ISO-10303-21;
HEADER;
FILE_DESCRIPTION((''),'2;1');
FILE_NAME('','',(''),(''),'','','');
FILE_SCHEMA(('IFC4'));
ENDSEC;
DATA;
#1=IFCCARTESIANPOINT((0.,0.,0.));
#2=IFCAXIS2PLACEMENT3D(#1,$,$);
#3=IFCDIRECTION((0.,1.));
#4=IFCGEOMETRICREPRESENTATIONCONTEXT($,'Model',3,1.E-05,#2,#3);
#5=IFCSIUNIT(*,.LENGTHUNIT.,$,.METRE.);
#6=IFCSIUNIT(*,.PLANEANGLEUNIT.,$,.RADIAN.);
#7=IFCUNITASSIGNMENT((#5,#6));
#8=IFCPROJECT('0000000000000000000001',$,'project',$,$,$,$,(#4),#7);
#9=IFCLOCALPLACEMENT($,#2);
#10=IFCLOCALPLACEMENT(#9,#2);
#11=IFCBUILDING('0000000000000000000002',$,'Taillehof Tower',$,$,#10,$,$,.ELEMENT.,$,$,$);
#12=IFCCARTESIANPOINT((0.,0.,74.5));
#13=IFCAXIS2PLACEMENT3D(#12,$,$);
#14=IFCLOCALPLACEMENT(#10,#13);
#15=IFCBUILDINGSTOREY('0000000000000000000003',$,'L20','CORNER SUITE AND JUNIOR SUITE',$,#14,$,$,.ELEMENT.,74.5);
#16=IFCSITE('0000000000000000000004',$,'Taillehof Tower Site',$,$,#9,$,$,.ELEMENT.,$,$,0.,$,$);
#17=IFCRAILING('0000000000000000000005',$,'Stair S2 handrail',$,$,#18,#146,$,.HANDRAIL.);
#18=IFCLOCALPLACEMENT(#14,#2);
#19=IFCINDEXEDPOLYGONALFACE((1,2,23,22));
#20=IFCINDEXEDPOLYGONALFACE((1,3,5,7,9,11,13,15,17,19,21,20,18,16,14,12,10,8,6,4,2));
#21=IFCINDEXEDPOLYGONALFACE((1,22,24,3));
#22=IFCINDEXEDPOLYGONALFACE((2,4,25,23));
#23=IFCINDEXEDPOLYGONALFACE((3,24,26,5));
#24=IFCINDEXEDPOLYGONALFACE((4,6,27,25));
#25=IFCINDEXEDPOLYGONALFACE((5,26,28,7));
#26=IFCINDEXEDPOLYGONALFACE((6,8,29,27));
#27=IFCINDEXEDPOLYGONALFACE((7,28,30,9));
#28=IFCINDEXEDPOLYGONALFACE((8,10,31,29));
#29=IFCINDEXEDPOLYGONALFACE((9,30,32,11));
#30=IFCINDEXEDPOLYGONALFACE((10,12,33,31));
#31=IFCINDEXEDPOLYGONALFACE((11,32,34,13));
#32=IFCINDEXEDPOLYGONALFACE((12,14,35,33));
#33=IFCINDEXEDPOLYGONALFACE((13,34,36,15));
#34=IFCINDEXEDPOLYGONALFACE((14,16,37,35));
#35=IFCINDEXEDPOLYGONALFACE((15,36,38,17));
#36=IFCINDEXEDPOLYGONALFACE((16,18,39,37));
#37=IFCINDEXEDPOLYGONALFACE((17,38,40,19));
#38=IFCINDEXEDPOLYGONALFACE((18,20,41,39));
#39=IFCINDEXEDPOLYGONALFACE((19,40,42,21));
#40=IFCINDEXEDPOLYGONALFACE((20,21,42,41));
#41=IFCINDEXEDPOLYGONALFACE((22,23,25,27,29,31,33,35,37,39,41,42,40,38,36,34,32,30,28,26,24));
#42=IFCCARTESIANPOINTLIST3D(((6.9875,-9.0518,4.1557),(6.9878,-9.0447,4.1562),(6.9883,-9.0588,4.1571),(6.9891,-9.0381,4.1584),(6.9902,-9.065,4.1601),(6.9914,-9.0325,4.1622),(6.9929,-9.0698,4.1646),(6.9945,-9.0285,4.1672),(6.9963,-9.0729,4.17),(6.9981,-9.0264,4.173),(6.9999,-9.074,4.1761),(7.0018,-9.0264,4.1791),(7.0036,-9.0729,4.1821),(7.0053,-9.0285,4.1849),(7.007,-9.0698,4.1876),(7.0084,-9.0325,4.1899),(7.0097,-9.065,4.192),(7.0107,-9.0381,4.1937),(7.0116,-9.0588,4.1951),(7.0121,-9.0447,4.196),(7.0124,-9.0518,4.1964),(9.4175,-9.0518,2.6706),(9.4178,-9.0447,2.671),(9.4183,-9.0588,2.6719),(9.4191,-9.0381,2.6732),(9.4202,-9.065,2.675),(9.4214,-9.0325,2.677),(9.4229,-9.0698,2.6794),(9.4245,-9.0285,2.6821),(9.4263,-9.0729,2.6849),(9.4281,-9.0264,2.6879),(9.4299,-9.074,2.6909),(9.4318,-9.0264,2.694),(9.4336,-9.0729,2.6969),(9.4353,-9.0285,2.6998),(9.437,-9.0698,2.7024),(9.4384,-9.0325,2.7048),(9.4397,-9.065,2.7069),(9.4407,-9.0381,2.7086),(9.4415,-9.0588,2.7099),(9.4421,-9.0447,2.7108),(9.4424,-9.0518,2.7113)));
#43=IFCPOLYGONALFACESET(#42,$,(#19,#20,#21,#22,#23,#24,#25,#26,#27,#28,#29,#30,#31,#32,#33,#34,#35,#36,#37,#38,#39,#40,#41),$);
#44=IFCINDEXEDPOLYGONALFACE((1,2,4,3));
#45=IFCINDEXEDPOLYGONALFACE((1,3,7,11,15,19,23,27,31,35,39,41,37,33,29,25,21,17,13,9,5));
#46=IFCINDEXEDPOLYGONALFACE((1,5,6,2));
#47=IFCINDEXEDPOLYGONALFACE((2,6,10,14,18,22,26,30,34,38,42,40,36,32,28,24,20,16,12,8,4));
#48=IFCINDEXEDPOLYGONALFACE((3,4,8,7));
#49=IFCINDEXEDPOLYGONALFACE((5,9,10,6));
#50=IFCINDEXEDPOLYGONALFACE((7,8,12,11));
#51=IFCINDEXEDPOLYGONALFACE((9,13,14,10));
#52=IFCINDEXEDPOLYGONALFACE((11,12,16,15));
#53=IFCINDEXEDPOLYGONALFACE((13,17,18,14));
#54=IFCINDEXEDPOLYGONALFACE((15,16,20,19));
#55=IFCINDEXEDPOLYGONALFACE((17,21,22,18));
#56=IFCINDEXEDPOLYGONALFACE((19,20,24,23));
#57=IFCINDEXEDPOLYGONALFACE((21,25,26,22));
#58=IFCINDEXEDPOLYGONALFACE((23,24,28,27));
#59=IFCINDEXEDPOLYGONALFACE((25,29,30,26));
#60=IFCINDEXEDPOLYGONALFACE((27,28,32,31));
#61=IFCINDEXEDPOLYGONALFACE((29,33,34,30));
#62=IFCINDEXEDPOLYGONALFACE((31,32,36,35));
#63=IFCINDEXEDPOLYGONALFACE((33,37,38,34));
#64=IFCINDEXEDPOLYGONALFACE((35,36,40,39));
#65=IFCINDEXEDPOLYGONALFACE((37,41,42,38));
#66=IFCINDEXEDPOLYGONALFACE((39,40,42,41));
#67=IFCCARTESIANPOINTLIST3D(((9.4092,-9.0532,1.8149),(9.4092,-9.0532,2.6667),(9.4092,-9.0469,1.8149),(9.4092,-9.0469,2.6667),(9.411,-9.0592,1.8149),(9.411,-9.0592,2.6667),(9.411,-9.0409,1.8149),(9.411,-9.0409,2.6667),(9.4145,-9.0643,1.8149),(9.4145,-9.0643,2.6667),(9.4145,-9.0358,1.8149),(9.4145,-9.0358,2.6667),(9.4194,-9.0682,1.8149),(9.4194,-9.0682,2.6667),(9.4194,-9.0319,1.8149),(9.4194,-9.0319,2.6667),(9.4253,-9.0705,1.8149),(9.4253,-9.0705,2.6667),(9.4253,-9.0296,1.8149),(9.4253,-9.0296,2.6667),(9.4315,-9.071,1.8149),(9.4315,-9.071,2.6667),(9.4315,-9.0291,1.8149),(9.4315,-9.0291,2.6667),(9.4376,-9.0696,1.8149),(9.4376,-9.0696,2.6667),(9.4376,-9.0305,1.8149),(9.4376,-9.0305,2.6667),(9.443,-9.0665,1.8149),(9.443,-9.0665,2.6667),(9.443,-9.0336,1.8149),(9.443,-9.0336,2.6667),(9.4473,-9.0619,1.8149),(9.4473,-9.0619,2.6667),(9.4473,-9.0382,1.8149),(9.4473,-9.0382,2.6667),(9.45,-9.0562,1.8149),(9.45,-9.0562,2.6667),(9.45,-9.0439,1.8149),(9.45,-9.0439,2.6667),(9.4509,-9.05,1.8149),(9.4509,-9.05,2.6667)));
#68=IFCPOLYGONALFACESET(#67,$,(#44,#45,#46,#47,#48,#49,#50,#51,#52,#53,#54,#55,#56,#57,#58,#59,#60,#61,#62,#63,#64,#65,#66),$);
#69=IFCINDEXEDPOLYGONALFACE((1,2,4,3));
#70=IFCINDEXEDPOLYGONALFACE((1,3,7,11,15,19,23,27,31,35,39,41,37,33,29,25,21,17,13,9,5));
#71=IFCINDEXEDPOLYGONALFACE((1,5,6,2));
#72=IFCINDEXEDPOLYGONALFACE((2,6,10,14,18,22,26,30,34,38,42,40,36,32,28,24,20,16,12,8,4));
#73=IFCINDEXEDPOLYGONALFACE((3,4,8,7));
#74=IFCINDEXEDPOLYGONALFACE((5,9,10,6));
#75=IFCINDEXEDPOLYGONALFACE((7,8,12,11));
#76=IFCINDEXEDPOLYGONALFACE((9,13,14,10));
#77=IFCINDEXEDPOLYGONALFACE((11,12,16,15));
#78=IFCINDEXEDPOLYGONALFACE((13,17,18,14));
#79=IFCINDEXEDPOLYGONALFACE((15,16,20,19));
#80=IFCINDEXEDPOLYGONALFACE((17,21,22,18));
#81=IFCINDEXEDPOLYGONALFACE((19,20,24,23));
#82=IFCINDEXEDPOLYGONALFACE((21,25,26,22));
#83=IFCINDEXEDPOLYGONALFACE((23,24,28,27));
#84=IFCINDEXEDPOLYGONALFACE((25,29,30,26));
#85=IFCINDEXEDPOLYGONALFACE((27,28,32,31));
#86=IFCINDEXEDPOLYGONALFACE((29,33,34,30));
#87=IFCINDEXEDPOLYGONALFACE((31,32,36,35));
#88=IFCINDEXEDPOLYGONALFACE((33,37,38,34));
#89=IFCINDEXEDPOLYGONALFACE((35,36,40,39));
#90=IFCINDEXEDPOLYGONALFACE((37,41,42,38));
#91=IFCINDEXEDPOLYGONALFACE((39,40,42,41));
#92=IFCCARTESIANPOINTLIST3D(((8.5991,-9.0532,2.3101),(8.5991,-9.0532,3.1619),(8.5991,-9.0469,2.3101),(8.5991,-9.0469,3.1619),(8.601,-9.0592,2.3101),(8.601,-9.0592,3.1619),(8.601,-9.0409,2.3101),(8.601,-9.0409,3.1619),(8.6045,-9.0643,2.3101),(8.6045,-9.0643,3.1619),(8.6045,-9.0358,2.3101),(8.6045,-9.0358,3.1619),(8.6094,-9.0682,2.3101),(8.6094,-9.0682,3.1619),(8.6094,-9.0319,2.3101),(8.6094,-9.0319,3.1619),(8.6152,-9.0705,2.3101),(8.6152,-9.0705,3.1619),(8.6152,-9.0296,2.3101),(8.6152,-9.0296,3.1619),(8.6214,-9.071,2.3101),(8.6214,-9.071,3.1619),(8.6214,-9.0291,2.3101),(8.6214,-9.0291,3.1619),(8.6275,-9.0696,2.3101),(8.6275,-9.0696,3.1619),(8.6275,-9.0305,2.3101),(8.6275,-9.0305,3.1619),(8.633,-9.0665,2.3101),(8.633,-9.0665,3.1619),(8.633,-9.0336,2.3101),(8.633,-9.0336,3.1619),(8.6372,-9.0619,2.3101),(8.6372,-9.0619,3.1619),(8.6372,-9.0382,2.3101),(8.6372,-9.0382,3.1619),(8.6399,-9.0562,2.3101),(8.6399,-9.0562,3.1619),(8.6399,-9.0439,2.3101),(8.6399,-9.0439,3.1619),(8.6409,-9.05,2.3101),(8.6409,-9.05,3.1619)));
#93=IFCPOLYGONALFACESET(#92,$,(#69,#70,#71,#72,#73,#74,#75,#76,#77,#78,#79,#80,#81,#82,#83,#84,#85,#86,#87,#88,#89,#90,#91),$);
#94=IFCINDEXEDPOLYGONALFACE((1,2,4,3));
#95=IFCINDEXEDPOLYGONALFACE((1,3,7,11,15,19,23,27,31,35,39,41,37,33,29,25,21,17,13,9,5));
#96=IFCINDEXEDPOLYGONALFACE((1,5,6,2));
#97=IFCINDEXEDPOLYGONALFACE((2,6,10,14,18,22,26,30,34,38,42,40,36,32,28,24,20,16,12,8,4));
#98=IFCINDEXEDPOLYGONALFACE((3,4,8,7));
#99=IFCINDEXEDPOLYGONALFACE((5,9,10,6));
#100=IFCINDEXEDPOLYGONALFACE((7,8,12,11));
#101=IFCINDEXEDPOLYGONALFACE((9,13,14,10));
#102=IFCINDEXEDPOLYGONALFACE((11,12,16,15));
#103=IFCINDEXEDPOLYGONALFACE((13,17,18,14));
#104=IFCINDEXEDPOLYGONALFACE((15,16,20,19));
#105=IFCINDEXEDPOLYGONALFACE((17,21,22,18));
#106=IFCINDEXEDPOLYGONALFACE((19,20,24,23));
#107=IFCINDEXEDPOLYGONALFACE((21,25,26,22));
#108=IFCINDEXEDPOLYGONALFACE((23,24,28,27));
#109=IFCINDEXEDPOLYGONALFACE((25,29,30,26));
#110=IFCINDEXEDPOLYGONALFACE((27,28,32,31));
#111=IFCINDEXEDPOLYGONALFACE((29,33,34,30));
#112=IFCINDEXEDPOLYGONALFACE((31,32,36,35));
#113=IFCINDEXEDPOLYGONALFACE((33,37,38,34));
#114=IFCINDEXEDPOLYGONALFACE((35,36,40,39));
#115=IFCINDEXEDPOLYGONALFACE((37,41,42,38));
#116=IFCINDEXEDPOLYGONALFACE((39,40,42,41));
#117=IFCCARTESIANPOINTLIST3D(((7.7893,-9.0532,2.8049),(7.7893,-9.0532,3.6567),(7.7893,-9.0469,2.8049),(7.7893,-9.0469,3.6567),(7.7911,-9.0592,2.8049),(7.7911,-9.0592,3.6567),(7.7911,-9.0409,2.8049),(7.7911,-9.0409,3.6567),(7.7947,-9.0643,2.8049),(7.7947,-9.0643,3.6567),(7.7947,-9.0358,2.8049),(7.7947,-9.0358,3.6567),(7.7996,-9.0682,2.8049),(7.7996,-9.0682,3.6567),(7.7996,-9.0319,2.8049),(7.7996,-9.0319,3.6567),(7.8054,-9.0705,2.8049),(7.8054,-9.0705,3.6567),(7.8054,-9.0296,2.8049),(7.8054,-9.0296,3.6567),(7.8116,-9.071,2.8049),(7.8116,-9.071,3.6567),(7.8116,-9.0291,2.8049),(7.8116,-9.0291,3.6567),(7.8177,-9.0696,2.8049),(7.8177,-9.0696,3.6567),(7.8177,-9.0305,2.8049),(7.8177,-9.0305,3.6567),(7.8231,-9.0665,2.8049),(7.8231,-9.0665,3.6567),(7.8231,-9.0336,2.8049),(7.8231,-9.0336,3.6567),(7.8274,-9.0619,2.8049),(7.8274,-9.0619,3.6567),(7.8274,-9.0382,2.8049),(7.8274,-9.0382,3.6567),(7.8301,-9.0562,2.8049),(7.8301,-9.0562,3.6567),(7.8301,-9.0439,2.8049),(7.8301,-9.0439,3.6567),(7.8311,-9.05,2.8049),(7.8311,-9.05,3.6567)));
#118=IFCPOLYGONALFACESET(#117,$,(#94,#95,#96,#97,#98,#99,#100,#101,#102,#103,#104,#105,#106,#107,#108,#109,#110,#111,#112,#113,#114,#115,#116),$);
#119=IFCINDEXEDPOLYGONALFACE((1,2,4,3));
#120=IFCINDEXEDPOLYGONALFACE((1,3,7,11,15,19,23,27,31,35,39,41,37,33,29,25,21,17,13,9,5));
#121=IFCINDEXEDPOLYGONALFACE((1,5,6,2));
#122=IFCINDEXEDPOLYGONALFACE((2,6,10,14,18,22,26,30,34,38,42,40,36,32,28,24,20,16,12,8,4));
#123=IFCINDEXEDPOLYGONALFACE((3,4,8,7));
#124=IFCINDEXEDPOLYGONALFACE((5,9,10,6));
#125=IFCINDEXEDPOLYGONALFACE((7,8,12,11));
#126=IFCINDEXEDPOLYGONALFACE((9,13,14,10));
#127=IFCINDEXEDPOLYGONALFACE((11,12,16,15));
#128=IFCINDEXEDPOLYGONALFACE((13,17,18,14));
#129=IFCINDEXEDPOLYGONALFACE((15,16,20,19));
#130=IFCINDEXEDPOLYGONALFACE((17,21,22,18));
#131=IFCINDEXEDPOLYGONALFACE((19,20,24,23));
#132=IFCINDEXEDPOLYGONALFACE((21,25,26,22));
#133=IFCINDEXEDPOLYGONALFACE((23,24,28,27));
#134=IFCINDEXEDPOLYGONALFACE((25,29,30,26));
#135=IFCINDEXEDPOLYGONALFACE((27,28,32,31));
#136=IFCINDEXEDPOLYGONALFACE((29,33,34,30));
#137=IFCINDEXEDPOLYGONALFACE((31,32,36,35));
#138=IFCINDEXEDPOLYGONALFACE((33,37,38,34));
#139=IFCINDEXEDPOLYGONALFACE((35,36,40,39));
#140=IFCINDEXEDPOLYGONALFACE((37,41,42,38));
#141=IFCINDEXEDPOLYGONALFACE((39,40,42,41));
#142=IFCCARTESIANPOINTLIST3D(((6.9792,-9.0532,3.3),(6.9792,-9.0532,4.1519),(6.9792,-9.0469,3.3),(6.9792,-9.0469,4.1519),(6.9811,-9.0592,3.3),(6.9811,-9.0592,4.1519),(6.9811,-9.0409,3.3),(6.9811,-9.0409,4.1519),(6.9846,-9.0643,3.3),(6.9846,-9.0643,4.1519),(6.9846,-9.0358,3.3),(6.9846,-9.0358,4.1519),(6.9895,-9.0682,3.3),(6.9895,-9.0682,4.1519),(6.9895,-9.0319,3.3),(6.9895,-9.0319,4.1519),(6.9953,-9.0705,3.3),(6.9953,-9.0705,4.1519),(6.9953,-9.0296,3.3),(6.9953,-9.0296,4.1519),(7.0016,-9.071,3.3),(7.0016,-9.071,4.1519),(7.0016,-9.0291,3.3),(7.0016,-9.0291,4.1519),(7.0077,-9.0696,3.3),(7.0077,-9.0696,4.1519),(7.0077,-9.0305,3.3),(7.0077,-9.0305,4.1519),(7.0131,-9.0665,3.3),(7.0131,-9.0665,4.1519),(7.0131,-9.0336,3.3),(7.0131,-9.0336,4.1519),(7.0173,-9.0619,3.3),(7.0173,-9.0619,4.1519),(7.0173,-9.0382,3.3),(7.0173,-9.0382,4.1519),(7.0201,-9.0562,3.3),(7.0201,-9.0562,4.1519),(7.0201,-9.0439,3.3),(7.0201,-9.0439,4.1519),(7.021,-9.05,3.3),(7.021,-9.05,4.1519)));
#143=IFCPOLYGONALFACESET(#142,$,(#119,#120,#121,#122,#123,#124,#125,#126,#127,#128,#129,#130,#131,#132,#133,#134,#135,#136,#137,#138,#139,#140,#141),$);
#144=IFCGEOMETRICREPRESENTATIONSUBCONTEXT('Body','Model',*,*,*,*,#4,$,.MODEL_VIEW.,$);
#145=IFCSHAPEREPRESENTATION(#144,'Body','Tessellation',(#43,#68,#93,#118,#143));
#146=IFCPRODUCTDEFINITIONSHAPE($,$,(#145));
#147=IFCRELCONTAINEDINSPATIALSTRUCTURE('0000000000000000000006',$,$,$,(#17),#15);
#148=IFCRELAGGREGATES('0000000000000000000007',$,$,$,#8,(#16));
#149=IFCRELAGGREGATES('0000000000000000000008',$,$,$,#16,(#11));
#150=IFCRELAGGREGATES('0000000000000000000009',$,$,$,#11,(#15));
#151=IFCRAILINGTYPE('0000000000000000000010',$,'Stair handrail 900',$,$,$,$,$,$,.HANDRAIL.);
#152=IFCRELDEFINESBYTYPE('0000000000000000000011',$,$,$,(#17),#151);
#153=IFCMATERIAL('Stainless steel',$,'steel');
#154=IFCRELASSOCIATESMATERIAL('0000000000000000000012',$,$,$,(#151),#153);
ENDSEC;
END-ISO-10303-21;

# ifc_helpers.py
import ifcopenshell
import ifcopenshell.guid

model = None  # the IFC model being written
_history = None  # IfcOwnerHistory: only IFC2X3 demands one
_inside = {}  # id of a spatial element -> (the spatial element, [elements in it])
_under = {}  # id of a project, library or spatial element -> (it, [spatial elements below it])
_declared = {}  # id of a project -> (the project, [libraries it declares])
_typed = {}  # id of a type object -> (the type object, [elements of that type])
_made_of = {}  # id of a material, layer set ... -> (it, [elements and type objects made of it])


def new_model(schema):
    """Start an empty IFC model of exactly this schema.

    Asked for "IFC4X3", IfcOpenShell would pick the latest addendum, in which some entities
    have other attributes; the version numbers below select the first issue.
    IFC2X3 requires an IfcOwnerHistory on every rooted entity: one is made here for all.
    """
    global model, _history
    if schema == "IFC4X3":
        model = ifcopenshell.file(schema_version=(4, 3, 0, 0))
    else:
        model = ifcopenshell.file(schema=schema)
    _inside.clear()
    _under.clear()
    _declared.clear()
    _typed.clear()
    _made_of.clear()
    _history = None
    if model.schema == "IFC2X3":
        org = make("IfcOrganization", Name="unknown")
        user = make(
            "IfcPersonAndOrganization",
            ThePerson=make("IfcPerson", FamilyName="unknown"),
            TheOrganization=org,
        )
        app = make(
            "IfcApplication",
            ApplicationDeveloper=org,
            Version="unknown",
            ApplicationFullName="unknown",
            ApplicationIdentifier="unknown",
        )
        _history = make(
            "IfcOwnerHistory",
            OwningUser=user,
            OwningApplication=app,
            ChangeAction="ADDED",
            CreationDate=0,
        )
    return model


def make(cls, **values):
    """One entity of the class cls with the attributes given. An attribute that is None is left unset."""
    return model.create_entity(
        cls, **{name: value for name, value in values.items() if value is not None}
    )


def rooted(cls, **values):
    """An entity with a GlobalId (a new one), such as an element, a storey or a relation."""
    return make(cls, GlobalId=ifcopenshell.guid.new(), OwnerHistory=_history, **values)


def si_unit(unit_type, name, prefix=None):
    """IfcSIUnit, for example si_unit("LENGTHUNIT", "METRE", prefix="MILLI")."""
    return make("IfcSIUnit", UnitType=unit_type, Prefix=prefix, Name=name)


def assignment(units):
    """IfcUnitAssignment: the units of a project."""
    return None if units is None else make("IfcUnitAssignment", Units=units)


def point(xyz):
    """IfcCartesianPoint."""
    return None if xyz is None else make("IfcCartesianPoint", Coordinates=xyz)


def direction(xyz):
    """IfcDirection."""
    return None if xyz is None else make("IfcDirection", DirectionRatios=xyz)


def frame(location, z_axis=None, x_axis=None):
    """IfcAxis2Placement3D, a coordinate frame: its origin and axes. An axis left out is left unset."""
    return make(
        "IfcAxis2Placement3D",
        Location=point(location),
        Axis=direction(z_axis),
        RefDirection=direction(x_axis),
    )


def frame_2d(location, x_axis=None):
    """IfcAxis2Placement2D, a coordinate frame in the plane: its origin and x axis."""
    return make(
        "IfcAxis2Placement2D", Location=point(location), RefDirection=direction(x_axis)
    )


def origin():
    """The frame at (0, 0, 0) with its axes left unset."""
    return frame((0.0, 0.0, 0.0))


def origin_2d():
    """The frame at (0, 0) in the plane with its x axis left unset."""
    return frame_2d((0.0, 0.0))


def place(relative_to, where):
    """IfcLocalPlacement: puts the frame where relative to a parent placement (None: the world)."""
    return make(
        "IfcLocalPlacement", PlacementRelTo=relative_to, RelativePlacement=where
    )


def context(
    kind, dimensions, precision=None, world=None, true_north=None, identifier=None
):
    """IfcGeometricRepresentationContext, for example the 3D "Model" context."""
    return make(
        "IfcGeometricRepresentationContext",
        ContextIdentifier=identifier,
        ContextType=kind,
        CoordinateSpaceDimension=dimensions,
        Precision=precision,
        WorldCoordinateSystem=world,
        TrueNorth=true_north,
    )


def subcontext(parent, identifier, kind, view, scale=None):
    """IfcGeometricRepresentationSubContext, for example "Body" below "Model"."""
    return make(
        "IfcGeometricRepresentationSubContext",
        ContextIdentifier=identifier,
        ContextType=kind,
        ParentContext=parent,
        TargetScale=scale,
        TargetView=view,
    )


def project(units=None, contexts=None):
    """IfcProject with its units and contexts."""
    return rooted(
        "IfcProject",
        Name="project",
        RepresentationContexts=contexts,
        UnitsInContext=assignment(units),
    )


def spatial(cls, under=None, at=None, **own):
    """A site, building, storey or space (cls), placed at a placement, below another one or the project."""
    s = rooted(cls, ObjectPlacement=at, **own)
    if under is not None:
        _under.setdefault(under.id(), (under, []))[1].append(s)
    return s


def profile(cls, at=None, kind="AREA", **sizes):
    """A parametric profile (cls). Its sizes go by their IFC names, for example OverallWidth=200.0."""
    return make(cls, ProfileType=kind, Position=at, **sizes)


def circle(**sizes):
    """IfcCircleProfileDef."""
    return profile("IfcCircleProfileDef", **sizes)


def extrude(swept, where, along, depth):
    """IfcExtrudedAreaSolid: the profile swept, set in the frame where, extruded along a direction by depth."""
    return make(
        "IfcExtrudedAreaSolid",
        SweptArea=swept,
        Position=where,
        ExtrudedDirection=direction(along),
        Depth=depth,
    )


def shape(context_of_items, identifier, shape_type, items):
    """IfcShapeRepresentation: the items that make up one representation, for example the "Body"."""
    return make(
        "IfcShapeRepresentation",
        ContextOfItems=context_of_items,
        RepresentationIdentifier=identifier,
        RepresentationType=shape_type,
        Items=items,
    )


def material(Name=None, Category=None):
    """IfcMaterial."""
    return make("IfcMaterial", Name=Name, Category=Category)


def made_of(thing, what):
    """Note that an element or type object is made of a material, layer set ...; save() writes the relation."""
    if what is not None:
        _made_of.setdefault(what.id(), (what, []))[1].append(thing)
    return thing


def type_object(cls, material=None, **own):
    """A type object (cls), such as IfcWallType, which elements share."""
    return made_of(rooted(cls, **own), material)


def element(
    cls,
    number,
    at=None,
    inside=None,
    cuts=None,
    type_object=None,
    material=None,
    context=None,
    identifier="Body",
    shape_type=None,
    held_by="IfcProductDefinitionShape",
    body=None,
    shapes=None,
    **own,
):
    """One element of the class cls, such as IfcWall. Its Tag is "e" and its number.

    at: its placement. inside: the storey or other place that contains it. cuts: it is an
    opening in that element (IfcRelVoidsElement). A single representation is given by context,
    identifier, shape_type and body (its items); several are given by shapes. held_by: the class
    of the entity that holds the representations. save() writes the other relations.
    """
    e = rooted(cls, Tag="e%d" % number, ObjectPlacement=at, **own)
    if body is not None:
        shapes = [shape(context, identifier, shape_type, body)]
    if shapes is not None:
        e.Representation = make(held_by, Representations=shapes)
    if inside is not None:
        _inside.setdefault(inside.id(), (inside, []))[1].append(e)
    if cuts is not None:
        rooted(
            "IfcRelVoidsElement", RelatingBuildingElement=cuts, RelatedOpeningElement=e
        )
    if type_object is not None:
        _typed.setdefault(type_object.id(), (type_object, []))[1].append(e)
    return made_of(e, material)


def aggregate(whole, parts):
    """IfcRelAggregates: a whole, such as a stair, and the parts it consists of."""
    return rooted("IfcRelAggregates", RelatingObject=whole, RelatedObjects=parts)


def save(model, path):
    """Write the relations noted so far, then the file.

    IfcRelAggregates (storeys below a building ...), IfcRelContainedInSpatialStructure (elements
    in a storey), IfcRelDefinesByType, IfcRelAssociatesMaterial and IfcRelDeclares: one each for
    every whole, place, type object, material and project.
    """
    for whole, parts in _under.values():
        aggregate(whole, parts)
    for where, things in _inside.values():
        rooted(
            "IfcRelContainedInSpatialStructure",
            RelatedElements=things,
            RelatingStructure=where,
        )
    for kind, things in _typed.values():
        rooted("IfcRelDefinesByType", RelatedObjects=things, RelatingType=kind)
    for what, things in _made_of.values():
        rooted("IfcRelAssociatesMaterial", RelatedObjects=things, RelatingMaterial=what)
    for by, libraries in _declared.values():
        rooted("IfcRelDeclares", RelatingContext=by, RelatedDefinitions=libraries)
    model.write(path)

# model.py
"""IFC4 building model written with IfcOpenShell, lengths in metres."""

from ifc_helpers import new_model, si_unit, direction, frame, origin, origin_2d, place, context, subcontext, project, spatial, circle, extrude, material, type_object, element, save


model = new_model("IFC4")

# Units and contexts
model_context = context("Model", 3, precision=1e-05, world=origin(), true_north=direction((0.0, 1.0)))
body_context = subcontext(model_context, "Body", "Model", "MODEL_VIEW")
ifc_project = project(units=[si_unit("LENGTHUNIT", "METRE"), si_unit("PLANEANGLEUNIT", "RADIAN")], contexts=[model_context])

# Site, building, storey
site_placement = place(None, origin())
site = spatial("IfcSite", under=ifc_project, at=site_placement, Name="Taillehof Tower Site", CompositionType="ELEMENT", RefElevation=0.0)
building_placement = place(site_placement, origin())
building = spatial("IfcBuilding", under=site, at=building_placement, Name="Taillehof Tower", CompositionType="ELEMENT")
storey_placement = place(building_placement, frame((0.0, 0.0, 74.5)))
storey = spatial("IfcBuildingStorey", under=building, at=storey_placement, Name="L20", Description="CORNER SUITE AND JUNIOR SUITE", CompositionType="ELEMENT", Elevation=74.5)

# Railing
ifc_material_1 = material(Name="Stainless steel", Category="steel")
railing_type = type_object("IfcRailingType", Name="Stair handrail 900", PredefinedType="HANDRAIL", material=ifc_material_1)
railing_1_placement = place(storey_placement, frame((9.4299, -9.05, 1.8149)))
element("IfcRailing", 1, at=railing_1_placement, inside=storey, type_object=railing_type, Name="Stair S2 handrail", PredefinedType="HANDRAIL", context=body_context, shape_type="SweptSolid", body=[
    extrude(circle(Radius=0.0239, at=origin_2d()), frame((0.0, 0.0, 0.876), z_axis=(-0.853259, 0.0, 0.521488), x_axis=(0.0, -1.0, 0.0)), (0.0, 0.0, 1.0), 2.8479),
    extrude(circle(Radius=0.021, at=origin_2d()), origin(), (0.0, 0.0, 1.0), 0.8518),
    extrude(circle(Radius=0.021, at=origin_2d()), frame((-0.8101, 0.0, 0.4951)), (0.0, 0.0, 1.0), 0.8518),
    extrude(circle(Radius=0.021, at=origin_2d()), frame((-1.6199, 0.0, 0.99)), (0.0, 0.0, 1.0), 0.8518),
    extrude(circle(Radius=0.021, at=origin_2d()), frame((-2.4299, 0.0, 1.4851)), (0.0, 0.0, 1.0), 0.8518),
])

save(model, "model.ifc")
